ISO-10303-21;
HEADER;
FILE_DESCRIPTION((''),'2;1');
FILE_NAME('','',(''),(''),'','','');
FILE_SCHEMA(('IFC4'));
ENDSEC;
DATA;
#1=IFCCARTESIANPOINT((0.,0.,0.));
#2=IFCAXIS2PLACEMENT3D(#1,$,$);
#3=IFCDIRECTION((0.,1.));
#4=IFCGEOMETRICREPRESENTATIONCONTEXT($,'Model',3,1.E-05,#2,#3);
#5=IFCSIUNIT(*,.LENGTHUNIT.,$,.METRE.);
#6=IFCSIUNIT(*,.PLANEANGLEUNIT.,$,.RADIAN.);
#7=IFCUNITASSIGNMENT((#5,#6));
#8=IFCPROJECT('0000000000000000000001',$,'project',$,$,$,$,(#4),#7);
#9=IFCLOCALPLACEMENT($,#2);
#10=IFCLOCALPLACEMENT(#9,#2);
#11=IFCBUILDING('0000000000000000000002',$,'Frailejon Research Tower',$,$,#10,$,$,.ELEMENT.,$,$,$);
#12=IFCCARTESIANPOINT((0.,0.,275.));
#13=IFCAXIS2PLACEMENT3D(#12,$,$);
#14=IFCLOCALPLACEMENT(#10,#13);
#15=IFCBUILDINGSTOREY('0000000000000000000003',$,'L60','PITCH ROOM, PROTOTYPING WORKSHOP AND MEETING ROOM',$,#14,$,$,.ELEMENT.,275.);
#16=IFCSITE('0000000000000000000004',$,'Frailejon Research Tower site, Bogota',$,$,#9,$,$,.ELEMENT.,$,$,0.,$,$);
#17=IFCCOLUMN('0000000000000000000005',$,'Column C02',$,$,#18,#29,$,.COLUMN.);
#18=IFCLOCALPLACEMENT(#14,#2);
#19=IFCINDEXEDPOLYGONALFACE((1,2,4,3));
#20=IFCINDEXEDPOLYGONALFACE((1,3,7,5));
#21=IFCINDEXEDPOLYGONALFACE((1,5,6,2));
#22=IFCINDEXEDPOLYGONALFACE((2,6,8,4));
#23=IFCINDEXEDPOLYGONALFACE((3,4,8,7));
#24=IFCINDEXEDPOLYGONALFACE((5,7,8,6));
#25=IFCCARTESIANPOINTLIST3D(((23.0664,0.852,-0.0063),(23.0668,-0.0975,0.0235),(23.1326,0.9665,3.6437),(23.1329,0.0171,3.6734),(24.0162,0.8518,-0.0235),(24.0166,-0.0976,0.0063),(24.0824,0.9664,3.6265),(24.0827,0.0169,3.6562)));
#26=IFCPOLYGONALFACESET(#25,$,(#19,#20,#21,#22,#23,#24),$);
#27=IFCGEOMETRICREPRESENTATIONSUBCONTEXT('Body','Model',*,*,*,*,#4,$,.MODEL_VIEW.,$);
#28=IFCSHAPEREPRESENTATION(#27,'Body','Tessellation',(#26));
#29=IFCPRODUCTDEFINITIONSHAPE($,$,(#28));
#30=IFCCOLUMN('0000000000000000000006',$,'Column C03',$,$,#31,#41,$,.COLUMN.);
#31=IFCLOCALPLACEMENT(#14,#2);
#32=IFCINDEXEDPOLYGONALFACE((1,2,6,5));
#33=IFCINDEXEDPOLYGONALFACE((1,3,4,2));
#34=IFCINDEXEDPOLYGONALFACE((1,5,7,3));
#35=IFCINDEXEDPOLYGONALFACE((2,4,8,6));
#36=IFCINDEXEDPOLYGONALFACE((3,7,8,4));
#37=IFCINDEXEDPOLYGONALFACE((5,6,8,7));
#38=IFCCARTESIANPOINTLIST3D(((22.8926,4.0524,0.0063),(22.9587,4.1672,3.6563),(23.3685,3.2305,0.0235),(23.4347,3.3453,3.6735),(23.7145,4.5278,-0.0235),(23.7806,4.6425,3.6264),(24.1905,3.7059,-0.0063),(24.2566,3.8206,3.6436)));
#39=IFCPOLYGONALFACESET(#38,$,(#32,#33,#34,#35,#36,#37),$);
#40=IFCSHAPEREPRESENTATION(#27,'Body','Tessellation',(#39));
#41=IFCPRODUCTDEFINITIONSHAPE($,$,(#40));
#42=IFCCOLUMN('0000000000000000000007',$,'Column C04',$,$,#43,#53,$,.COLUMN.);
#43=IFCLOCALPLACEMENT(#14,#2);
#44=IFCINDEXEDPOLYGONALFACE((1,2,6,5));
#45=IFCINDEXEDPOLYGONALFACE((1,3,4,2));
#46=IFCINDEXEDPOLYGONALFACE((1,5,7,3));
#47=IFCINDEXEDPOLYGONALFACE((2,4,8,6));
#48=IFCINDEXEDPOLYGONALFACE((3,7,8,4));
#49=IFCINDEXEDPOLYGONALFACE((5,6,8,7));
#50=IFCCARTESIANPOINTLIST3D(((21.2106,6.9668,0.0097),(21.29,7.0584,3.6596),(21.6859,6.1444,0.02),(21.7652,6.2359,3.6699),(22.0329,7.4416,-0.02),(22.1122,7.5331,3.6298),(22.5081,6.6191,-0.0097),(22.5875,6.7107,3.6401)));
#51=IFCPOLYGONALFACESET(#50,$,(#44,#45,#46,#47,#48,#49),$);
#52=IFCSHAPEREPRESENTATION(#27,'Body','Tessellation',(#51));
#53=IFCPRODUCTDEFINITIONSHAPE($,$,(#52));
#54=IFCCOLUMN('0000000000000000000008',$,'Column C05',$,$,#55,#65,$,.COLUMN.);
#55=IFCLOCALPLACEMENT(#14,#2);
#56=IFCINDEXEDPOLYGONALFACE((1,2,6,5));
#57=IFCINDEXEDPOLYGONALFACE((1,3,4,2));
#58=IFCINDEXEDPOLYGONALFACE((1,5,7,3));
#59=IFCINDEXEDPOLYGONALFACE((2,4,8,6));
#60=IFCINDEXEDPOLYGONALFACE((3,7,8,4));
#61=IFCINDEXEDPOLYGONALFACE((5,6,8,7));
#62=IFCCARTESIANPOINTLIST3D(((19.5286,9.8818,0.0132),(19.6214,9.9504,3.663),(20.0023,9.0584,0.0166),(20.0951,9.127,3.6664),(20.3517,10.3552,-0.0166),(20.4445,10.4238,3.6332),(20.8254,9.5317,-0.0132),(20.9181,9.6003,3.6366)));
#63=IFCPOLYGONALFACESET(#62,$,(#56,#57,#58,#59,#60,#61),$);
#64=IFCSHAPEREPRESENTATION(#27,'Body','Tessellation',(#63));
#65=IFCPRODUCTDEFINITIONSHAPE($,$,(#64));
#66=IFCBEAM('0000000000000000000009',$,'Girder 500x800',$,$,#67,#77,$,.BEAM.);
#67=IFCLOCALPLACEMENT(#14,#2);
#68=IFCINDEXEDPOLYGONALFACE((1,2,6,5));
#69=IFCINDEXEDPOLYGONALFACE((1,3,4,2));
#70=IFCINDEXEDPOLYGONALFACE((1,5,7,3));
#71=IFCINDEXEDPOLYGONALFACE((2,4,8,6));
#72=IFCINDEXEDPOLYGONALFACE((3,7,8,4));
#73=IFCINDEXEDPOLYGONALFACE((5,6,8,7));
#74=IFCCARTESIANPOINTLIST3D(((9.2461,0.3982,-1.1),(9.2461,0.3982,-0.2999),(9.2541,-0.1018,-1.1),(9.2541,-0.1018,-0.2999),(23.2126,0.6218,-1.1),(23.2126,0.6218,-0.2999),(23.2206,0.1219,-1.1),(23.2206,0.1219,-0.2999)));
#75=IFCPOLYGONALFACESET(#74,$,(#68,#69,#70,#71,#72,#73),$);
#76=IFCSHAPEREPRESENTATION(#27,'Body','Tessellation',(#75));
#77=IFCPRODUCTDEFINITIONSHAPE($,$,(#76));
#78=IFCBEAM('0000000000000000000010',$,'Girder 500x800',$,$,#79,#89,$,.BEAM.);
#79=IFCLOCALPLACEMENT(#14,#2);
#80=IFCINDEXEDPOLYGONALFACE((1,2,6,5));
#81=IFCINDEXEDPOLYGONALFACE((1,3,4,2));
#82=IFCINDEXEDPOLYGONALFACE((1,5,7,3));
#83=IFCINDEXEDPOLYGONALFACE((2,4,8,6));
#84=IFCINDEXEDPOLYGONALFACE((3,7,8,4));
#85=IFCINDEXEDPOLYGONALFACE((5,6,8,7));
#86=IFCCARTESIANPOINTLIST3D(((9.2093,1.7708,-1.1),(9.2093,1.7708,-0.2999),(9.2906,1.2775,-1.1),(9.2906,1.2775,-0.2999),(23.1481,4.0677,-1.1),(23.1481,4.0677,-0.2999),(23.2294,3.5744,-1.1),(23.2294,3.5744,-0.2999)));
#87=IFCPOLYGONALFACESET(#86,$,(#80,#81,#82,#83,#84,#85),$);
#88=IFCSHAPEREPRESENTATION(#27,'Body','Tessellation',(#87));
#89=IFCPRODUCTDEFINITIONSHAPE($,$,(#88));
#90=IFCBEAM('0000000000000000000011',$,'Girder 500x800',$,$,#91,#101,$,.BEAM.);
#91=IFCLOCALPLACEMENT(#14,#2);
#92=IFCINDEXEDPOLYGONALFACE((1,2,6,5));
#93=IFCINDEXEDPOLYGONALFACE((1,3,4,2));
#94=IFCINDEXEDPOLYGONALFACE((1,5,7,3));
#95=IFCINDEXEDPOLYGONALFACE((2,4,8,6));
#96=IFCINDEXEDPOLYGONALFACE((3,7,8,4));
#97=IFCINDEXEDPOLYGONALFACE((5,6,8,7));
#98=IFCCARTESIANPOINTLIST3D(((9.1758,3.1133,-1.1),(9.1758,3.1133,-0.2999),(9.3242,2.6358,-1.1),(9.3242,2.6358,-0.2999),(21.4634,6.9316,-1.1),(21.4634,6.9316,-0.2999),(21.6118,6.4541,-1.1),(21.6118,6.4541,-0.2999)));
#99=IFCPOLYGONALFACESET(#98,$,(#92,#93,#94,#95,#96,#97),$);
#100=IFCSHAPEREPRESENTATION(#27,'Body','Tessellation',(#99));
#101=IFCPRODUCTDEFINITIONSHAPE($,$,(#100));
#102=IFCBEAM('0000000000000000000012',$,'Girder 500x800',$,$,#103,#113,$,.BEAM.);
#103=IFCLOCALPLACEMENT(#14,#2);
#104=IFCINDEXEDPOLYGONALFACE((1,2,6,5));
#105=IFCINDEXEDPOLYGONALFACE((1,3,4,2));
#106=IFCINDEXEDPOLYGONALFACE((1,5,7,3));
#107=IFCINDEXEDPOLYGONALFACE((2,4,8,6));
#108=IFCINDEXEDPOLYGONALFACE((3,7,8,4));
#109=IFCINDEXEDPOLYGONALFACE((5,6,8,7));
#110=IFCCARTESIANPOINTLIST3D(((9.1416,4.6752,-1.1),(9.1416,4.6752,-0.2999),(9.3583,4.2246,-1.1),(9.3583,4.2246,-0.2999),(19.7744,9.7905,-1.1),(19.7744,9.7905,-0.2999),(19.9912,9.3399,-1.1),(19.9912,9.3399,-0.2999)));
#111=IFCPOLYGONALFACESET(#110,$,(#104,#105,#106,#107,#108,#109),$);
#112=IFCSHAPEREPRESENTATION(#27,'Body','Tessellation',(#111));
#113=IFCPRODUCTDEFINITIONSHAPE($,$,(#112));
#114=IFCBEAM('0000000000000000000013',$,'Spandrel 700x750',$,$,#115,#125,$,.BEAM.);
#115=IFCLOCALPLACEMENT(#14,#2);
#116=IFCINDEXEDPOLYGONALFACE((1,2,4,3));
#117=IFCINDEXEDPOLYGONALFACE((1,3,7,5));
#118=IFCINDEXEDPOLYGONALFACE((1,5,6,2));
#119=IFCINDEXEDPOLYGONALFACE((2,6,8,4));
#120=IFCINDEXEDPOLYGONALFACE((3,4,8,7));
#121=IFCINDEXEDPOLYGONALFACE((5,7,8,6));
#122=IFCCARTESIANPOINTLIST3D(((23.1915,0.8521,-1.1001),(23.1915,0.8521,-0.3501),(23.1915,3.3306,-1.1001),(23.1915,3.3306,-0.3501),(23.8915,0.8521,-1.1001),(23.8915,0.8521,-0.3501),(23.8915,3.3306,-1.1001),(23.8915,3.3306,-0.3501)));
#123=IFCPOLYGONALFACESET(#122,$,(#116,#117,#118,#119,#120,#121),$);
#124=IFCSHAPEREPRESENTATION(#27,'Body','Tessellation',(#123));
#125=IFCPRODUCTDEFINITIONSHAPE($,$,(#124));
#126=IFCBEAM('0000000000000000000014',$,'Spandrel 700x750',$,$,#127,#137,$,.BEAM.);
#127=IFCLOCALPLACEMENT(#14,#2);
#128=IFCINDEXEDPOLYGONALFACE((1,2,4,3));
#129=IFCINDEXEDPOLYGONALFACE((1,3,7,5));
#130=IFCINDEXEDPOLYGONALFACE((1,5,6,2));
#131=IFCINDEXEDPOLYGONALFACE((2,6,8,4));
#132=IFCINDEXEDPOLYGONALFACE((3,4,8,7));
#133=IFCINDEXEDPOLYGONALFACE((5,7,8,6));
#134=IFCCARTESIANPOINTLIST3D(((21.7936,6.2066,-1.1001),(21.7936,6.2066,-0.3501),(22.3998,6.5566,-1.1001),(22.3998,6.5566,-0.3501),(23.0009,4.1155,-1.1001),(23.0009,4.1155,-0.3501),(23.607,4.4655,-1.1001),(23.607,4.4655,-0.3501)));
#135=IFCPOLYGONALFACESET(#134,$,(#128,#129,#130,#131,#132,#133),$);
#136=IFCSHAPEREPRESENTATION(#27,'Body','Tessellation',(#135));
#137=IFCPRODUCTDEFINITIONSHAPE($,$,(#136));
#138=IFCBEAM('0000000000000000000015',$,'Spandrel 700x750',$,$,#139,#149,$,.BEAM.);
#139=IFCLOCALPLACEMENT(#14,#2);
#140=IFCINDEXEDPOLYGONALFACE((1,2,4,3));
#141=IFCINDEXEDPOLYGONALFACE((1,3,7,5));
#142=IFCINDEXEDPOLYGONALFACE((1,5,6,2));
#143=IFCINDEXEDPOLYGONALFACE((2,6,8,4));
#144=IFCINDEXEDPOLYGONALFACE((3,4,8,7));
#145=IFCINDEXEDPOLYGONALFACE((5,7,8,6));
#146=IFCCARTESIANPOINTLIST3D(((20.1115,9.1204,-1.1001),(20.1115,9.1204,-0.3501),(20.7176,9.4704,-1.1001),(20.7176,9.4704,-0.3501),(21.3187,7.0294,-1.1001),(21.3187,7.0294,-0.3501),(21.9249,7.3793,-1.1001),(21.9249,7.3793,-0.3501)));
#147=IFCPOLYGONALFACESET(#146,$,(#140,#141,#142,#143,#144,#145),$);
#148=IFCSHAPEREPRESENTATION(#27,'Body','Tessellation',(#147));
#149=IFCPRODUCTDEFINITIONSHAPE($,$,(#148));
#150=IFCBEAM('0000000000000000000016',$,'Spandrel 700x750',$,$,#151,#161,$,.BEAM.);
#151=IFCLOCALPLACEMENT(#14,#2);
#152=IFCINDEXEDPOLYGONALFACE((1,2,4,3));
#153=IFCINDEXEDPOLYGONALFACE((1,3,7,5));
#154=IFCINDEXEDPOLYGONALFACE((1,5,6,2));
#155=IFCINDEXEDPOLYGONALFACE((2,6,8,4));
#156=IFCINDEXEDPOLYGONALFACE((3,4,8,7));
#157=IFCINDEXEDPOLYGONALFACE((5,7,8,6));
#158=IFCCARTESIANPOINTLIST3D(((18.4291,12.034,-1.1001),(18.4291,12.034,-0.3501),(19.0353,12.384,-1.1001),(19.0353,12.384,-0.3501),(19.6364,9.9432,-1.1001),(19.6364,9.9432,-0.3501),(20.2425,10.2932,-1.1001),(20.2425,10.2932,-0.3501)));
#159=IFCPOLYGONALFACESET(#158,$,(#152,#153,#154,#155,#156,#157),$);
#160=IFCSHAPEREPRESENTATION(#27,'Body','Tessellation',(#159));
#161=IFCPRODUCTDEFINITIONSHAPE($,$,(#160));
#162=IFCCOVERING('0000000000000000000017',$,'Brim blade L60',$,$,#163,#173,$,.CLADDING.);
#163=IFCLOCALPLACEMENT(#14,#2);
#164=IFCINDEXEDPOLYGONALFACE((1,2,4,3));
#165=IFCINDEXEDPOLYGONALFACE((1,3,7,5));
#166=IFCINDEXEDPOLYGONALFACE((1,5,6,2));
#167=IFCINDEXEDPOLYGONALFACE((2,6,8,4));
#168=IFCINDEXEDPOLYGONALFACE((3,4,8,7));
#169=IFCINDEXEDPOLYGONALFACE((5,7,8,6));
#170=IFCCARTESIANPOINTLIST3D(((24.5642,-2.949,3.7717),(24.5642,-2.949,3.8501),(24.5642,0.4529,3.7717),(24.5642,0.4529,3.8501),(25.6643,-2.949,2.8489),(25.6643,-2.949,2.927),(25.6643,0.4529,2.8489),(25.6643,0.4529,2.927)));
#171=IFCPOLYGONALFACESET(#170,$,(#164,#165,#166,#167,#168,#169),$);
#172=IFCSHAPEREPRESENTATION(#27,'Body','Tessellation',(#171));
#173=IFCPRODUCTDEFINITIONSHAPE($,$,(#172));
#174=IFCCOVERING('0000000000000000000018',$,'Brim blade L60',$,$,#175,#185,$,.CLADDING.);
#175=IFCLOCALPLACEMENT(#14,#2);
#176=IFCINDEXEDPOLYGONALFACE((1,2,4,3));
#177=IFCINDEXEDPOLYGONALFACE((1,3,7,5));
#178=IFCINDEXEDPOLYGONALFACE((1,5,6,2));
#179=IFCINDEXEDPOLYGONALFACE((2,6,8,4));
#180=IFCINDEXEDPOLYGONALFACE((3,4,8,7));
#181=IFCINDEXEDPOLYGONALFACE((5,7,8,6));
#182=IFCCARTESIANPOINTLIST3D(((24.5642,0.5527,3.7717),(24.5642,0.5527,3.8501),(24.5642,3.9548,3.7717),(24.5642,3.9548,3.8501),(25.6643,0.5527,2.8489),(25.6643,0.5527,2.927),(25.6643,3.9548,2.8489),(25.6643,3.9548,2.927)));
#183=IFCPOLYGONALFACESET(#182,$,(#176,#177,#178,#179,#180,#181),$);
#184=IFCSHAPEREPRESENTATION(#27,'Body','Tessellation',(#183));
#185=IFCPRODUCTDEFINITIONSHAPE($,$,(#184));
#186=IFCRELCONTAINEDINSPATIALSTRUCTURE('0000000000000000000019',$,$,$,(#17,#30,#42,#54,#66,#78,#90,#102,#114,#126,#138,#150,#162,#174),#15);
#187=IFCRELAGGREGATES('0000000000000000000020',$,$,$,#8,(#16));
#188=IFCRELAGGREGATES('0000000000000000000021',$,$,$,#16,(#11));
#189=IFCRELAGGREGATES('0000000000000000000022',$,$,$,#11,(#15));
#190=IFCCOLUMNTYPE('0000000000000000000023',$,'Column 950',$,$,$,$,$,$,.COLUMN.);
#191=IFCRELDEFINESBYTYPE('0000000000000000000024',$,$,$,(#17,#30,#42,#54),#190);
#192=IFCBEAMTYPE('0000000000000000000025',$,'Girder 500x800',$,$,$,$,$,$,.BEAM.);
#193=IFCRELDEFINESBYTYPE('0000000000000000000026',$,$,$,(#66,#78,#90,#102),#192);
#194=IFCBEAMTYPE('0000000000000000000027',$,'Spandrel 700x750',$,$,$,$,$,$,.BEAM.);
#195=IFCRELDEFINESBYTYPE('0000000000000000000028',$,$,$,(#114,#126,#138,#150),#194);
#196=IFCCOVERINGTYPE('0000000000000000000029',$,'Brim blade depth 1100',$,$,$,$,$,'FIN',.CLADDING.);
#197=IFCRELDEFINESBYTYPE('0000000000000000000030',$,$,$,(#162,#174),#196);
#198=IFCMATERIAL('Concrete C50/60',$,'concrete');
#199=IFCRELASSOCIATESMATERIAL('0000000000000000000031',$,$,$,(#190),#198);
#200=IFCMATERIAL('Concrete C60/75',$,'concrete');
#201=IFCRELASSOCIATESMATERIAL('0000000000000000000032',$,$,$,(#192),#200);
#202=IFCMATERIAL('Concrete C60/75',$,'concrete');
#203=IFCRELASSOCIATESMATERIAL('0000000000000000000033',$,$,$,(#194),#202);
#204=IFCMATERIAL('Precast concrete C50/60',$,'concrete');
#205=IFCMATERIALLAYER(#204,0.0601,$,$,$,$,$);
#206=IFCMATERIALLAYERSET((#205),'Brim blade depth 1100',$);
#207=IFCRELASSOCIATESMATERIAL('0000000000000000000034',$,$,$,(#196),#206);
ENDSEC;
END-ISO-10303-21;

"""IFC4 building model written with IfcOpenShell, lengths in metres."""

from ifc_helpers import new_model, si_unit, direction, frame, origin, origin_2d, place, context, subcontext, project, spatial, polyline, rectangle, outline, extrude, material, layer, layer_set, material_profile, profile_set, type_object, element, save


model = new_model("IFC4")

# Units and contexts
model_context = context("Model", 3, precision=1e-05, world=origin(), true_north=direction((0.0, 1.0)))
body_context = subcontext(model_context, "Body", "Model", "MODEL_VIEW")
ifc_project = project(units=[si_unit("LENGTHUNIT", "METRE"), si_unit("PLANEANGLEUNIT", "RADIAN")], contexts=[model_context])

# Site, building, storey
site_placement = place(None, origin())
site = spatial("IfcSite", under=ifc_project, at=site_placement, Name="Frailejon Research Tower site, Bogota", CompositionType="ELEMENT", RefElevation=0.0)
building_placement = place(site_placement, origin())
building = spatial("IfcBuilding", under=site, at=building_placement, Name="Frailejon Research Tower", CompositionType="ELEMENT")
storey_placement = place(building_placement, frame((0.0, 0.0, 275.0)))
storey = spatial("IfcBuildingStorey", under=building, at=storey_placement, Name="L60", Description="PITCH ROOM, PROTOTYPING WORKSHOP AND MEETING ROOM", CompositionType="ELEMENT", Elevation=275.0)

# Columns
ifc_material_1 = material(Name="Concrete C50/60", Category="concrete")
ifc_material_profile_1 = material_profile(ifc_material_1, rectangle(XDim=0.95, YDim=0.95, at=origin_2d()), Name="Column 950")
ifc_profile_set_1 = profile_set([ifc_material_profile_1], Name="Concrete C50/60")
column_type = type_object("IfcColumnType", Name="Column 950", PredefinedType="COLUMN", material=ifc_profile_set_1)
for number, where, z_axis, x_axis, name in (
    (1, (23.5415, 0.3772, 0.0), (0.018115, 0.031351, 0.999344), (-0.000375, 0.999508, -0.031349), "Column C02"),
    (2, (23.5415, 3.8792, 0.0), (0.018115, 0.031417, 0.999342), (-0.501041, 0.865234, -0.018119), "Column C03"),
):
    element("IfcColumn", number, at=place(storey_placement, frame(where, z_axis=z_axis, x_axis=x_axis)), inside=storey, type_object=column_type, Name=name, PredefinedType="COLUMN", context=body_context, shape_type="SweptSolid", body=[
        extrude(rectangle(XDim=0.95, YDim=0.95, at=origin_2d()), origin(), (0.0, 0.0, 1.0), 3.6523),
    ])
column_1_placement = place(storey_placement, frame((21.8594, 6.793, 0.0), z_axis=(0.021727, 0.02507, 0.99945), x_axis=(-0.500266, 0.865804, -0.010842)))
element("IfcColumn", 3, at=column_1_placement, inside=storey, type_object=column_type, Name="Column C04", PredefinedType="COLUMN", context=body_context, shape_type="SweptSolid", body=[
    extrude(rectangle(XDim=0.95, YDim=0.95, at=origin_2d()), origin(), (0.0, 0.0, 1.0), 3.6519),
])
column_2_placement = place(storey_placement, frame((20.177, 9.7068, 0.0), z_axis=(0.025405, 0.018787, 0.999501), x_axis=(-0.498612, 0.866818, -0.003619)))
element("IfcColumn", 4, at=column_2_placement, inside=storey, type_object=column_type, Name="Column C05", PredefinedType="COLUMN", context=body_context, shape_type="SweptSolid", body=[
    extrude(rectangle(XDim=0.95, YDim=0.95, at=origin_2d()), origin(), (0.0, 0.0, 1.0), 3.6516),
])

# Beams
ifc_material_2 = material(Name="Concrete C60/75", Category="concrete")
ifc_material_profile_2 = material_profile(ifc_material_2, rectangle(XDim=0.5, YDim=0.8, at=origin_2d()), Name="Girder 500x800")
ifc_profile_set_2 = profile_set([ifc_material_profile_2], Name="Concrete C60/75")
beam_type_1 = type_object("IfcBeamType", Name="Girder 500x800", PredefinedType="BEAM", material=ifc_profile_set_2)
beam_1_placement = place(storey_placement, frame((23.2166, 0.3718, -0.7), z_axis=(-0.999872, -0.01601, 0.0), x_axis=(0.01601, -0.999872, 0.0)))
element("IfcBeam", 5, at=beam_1_placement, inside=storey, type_object=beam_type_1, Name="Girder 500x800", PredefinedType="BEAM", context=body_context, shape_type="SweptSolid", body=[
    extrude(rectangle(XDim=0.5, YDim=0.8, at=origin_2d()), origin(), (0.0, 0.0, 1.0), 13.9683),
])
beam_2_placement = place(storey_placement, frame((23.1887, 3.821, -0.7), z_axis=(-0.986694, -0.162591, 0.0), x_axis=(0.162591, -0.986694, 0.0)))
element("IfcBeam", 6, at=beam_2_placement, inside=storey, type_object=beam_type_1, Name="Girder 500x800", PredefinedType="BEAM", context=body_context, shape_type="SweptSolid", body=[
    extrude(rectangle(XDim=0.5, YDim=0.8, at=origin_2d()), origin(), (0.0, 0.0, 1.0), 14.1267),
])
beam_3_placement = place(storey_placement, frame((21.5376, 6.6929, -0.7), z_axis=(-0.954955, -0.296751, 0.0), x_axis=(0.296751, -0.954955, 0.0)))
element("IfcBeam", 7, at=beam_3_placement, inside=storey, type_object=beam_type_1, Name="Girder 500x800", PredefinedType="BEAM", context=body_context, shape_type="SweptSolid", body=[
    extrude(rectangle(XDim=0.5, YDim=0.8, at=origin_2d()), origin(), (0.0, 0.0, 1.0), 12.8672),
])
beam_4_placement = place(storey_placement, frame((19.8828, 9.5652, -0.7), z_axis=(-0.901143, -0.433522, 0.0), x_axis=(0.433522, -0.901143, 0.0)))
element("IfcBeam", 8, at=beam_4_placement, inside=storey, type_object=beam_type_1, Name="Girder 500x800", PredefinedType="BEAM", context=body_context, shape_type="SweptSolid", body=[
    extrude(rectangle(XDim=0.5, YDim=0.8, at=origin_2d()), origin(), (0.0, 0.0, 1.0), 11.7993),
])
ifc_material_3 = material(Name="Concrete C60/75", Category="concrete")
ifc_material_profile_3 = material_profile(ifc_material_3, rectangle(XDim=0.7, YDim=0.75, at=origin_2d()), Name="Spandrel 700x750")
ifc_profile_set_3 = profile_set([ifc_material_profile_3], Name="Concrete C60/75")
beam_type_2 = type_object("IfcBeamType", Name="Spandrel 700x750", PredefinedType="BEAM", material=ifc_profile_set_3)
beam_5_placement = place(storey_placement, frame((23.5415, 0.8521, -0.7251), z_axis=(0.0, 1.0, 0.0), x_axis=(-1.0, 0.0, 0.0)))
element("IfcBeam", 9, at=beam_5_placement, inside=storey, type_object=beam_type_2, Name="Spandrel 700x750", PredefinedType="BEAM", context=body_context, shape_type="SweptSolid", body=[
    extrude(rectangle(XDim=0.7, YDim=0.75, at=origin_2d()), origin(), (0.0, 0.0, 1.0), 2.4785),
])
for number, where, z_axis, x_axis, name in (
    (10, (23.304, 4.2905, -0.7251), (-0.5, 0.866026, 0.0), (-0.866026, -0.5, 0.0), "Spandrel 700x750"),
    (11, (21.6218, 7.2043, -0.7251), (-0.5, 0.866026, 0.0), (-0.866026, -0.5, 0.0), "Spandrel 700x750"),
):
    element("IfcBeam", number, at=place(storey_placement, frame(where, z_axis=z_axis, x_axis=x_axis)), inside=storey, type_object=beam_type_2, Name=name, PredefinedType="BEAM", context=body_context, shape_type="SweptSolid", body=[
        extrude(rectangle(XDim=0.7, YDim=0.75, at=origin_2d()), origin(), (0.0, 0.0, 1.0), 2.4146),
    ])
beam_6_placement = place(storey_placement, frame((19.9395, 10.1182, -0.7251), z_axis=(-0.500043, 0.866, 0.0), x_axis=(-0.866, -0.500043, 0.0)))
element("IfcBeam", 12, at=beam_6_placement, inside=storey, type_object=beam_type_2, Name="Spandrel 700x750", PredefinedType="BEAM", context=body_context, shape_type="SweptSolid", body=[
    extrude(rectangle(XDim=0.7, YDim=0.75, at=origin_2d()), origin(), (0.0, 0.0, 1.0), 2.4143),
])

# Coverings
ifc_material_4 = material(Name="Precast concrete C50/60", Category="concrete")
ifc_layer_1 = layer(ifc_material_4, 0.0601)
ifc_layer_set_1 = layer_set([ifc_layer_1], Name="Brim blade depth 1100")
covering_type = type_object("IfcCoveringType", Name="Brim blade depth 1100", ElementType="FIN", PredefinedType="CLADDING", material=ifc_layer_set_1)
covering_1_placement = place(storey_placement, frame((24.5642, 0.4529, 3.8501), z_axis=(0.0, -1.0, 0.0), x_axis=(1.0, 0.0, 0.0)))
element("IfcCovering", 13, at=covering_1_placement, inside=storey, type_object=covering_type, Name="Brim blade L60", PredefinedType="CLADDING", context=body_context, shape_type="SweptSolid", body=[
    extrude(outline(polyline([(0.0, -0.0784), (1.1001, -1.0012), (1.1001, -0.9231), (0.0, 0.0), (0.0, -0.0784)])), origin(), (0.0, 0.0, 1.0), 3.4019),
])
covering_2_placement = place(storey_placement, frame((24.5642, 3.9548, 3.8501), z_axis=(0.0, -1.0, 0.0), x_axis=(1.0, 0.0, 0.0)))
element("IfcCovering", 14, at=covering_2_placement, inside=storey, type_object=covering_type, Name="Brim blade L60", PredefinedType="CLADDING", context=body_context, shape_type="SweptSolid", body=[
    extrude(outline(polyline([(0.0, -0.0784), (1.1001, -1.0012), (1.1001, -0.9231), (0.0, 0.0), (0.0, -0.0784)])), origin(), (0.0, 0.0, 1.0), 3.4021),
])

save(model, "model.ifc")
